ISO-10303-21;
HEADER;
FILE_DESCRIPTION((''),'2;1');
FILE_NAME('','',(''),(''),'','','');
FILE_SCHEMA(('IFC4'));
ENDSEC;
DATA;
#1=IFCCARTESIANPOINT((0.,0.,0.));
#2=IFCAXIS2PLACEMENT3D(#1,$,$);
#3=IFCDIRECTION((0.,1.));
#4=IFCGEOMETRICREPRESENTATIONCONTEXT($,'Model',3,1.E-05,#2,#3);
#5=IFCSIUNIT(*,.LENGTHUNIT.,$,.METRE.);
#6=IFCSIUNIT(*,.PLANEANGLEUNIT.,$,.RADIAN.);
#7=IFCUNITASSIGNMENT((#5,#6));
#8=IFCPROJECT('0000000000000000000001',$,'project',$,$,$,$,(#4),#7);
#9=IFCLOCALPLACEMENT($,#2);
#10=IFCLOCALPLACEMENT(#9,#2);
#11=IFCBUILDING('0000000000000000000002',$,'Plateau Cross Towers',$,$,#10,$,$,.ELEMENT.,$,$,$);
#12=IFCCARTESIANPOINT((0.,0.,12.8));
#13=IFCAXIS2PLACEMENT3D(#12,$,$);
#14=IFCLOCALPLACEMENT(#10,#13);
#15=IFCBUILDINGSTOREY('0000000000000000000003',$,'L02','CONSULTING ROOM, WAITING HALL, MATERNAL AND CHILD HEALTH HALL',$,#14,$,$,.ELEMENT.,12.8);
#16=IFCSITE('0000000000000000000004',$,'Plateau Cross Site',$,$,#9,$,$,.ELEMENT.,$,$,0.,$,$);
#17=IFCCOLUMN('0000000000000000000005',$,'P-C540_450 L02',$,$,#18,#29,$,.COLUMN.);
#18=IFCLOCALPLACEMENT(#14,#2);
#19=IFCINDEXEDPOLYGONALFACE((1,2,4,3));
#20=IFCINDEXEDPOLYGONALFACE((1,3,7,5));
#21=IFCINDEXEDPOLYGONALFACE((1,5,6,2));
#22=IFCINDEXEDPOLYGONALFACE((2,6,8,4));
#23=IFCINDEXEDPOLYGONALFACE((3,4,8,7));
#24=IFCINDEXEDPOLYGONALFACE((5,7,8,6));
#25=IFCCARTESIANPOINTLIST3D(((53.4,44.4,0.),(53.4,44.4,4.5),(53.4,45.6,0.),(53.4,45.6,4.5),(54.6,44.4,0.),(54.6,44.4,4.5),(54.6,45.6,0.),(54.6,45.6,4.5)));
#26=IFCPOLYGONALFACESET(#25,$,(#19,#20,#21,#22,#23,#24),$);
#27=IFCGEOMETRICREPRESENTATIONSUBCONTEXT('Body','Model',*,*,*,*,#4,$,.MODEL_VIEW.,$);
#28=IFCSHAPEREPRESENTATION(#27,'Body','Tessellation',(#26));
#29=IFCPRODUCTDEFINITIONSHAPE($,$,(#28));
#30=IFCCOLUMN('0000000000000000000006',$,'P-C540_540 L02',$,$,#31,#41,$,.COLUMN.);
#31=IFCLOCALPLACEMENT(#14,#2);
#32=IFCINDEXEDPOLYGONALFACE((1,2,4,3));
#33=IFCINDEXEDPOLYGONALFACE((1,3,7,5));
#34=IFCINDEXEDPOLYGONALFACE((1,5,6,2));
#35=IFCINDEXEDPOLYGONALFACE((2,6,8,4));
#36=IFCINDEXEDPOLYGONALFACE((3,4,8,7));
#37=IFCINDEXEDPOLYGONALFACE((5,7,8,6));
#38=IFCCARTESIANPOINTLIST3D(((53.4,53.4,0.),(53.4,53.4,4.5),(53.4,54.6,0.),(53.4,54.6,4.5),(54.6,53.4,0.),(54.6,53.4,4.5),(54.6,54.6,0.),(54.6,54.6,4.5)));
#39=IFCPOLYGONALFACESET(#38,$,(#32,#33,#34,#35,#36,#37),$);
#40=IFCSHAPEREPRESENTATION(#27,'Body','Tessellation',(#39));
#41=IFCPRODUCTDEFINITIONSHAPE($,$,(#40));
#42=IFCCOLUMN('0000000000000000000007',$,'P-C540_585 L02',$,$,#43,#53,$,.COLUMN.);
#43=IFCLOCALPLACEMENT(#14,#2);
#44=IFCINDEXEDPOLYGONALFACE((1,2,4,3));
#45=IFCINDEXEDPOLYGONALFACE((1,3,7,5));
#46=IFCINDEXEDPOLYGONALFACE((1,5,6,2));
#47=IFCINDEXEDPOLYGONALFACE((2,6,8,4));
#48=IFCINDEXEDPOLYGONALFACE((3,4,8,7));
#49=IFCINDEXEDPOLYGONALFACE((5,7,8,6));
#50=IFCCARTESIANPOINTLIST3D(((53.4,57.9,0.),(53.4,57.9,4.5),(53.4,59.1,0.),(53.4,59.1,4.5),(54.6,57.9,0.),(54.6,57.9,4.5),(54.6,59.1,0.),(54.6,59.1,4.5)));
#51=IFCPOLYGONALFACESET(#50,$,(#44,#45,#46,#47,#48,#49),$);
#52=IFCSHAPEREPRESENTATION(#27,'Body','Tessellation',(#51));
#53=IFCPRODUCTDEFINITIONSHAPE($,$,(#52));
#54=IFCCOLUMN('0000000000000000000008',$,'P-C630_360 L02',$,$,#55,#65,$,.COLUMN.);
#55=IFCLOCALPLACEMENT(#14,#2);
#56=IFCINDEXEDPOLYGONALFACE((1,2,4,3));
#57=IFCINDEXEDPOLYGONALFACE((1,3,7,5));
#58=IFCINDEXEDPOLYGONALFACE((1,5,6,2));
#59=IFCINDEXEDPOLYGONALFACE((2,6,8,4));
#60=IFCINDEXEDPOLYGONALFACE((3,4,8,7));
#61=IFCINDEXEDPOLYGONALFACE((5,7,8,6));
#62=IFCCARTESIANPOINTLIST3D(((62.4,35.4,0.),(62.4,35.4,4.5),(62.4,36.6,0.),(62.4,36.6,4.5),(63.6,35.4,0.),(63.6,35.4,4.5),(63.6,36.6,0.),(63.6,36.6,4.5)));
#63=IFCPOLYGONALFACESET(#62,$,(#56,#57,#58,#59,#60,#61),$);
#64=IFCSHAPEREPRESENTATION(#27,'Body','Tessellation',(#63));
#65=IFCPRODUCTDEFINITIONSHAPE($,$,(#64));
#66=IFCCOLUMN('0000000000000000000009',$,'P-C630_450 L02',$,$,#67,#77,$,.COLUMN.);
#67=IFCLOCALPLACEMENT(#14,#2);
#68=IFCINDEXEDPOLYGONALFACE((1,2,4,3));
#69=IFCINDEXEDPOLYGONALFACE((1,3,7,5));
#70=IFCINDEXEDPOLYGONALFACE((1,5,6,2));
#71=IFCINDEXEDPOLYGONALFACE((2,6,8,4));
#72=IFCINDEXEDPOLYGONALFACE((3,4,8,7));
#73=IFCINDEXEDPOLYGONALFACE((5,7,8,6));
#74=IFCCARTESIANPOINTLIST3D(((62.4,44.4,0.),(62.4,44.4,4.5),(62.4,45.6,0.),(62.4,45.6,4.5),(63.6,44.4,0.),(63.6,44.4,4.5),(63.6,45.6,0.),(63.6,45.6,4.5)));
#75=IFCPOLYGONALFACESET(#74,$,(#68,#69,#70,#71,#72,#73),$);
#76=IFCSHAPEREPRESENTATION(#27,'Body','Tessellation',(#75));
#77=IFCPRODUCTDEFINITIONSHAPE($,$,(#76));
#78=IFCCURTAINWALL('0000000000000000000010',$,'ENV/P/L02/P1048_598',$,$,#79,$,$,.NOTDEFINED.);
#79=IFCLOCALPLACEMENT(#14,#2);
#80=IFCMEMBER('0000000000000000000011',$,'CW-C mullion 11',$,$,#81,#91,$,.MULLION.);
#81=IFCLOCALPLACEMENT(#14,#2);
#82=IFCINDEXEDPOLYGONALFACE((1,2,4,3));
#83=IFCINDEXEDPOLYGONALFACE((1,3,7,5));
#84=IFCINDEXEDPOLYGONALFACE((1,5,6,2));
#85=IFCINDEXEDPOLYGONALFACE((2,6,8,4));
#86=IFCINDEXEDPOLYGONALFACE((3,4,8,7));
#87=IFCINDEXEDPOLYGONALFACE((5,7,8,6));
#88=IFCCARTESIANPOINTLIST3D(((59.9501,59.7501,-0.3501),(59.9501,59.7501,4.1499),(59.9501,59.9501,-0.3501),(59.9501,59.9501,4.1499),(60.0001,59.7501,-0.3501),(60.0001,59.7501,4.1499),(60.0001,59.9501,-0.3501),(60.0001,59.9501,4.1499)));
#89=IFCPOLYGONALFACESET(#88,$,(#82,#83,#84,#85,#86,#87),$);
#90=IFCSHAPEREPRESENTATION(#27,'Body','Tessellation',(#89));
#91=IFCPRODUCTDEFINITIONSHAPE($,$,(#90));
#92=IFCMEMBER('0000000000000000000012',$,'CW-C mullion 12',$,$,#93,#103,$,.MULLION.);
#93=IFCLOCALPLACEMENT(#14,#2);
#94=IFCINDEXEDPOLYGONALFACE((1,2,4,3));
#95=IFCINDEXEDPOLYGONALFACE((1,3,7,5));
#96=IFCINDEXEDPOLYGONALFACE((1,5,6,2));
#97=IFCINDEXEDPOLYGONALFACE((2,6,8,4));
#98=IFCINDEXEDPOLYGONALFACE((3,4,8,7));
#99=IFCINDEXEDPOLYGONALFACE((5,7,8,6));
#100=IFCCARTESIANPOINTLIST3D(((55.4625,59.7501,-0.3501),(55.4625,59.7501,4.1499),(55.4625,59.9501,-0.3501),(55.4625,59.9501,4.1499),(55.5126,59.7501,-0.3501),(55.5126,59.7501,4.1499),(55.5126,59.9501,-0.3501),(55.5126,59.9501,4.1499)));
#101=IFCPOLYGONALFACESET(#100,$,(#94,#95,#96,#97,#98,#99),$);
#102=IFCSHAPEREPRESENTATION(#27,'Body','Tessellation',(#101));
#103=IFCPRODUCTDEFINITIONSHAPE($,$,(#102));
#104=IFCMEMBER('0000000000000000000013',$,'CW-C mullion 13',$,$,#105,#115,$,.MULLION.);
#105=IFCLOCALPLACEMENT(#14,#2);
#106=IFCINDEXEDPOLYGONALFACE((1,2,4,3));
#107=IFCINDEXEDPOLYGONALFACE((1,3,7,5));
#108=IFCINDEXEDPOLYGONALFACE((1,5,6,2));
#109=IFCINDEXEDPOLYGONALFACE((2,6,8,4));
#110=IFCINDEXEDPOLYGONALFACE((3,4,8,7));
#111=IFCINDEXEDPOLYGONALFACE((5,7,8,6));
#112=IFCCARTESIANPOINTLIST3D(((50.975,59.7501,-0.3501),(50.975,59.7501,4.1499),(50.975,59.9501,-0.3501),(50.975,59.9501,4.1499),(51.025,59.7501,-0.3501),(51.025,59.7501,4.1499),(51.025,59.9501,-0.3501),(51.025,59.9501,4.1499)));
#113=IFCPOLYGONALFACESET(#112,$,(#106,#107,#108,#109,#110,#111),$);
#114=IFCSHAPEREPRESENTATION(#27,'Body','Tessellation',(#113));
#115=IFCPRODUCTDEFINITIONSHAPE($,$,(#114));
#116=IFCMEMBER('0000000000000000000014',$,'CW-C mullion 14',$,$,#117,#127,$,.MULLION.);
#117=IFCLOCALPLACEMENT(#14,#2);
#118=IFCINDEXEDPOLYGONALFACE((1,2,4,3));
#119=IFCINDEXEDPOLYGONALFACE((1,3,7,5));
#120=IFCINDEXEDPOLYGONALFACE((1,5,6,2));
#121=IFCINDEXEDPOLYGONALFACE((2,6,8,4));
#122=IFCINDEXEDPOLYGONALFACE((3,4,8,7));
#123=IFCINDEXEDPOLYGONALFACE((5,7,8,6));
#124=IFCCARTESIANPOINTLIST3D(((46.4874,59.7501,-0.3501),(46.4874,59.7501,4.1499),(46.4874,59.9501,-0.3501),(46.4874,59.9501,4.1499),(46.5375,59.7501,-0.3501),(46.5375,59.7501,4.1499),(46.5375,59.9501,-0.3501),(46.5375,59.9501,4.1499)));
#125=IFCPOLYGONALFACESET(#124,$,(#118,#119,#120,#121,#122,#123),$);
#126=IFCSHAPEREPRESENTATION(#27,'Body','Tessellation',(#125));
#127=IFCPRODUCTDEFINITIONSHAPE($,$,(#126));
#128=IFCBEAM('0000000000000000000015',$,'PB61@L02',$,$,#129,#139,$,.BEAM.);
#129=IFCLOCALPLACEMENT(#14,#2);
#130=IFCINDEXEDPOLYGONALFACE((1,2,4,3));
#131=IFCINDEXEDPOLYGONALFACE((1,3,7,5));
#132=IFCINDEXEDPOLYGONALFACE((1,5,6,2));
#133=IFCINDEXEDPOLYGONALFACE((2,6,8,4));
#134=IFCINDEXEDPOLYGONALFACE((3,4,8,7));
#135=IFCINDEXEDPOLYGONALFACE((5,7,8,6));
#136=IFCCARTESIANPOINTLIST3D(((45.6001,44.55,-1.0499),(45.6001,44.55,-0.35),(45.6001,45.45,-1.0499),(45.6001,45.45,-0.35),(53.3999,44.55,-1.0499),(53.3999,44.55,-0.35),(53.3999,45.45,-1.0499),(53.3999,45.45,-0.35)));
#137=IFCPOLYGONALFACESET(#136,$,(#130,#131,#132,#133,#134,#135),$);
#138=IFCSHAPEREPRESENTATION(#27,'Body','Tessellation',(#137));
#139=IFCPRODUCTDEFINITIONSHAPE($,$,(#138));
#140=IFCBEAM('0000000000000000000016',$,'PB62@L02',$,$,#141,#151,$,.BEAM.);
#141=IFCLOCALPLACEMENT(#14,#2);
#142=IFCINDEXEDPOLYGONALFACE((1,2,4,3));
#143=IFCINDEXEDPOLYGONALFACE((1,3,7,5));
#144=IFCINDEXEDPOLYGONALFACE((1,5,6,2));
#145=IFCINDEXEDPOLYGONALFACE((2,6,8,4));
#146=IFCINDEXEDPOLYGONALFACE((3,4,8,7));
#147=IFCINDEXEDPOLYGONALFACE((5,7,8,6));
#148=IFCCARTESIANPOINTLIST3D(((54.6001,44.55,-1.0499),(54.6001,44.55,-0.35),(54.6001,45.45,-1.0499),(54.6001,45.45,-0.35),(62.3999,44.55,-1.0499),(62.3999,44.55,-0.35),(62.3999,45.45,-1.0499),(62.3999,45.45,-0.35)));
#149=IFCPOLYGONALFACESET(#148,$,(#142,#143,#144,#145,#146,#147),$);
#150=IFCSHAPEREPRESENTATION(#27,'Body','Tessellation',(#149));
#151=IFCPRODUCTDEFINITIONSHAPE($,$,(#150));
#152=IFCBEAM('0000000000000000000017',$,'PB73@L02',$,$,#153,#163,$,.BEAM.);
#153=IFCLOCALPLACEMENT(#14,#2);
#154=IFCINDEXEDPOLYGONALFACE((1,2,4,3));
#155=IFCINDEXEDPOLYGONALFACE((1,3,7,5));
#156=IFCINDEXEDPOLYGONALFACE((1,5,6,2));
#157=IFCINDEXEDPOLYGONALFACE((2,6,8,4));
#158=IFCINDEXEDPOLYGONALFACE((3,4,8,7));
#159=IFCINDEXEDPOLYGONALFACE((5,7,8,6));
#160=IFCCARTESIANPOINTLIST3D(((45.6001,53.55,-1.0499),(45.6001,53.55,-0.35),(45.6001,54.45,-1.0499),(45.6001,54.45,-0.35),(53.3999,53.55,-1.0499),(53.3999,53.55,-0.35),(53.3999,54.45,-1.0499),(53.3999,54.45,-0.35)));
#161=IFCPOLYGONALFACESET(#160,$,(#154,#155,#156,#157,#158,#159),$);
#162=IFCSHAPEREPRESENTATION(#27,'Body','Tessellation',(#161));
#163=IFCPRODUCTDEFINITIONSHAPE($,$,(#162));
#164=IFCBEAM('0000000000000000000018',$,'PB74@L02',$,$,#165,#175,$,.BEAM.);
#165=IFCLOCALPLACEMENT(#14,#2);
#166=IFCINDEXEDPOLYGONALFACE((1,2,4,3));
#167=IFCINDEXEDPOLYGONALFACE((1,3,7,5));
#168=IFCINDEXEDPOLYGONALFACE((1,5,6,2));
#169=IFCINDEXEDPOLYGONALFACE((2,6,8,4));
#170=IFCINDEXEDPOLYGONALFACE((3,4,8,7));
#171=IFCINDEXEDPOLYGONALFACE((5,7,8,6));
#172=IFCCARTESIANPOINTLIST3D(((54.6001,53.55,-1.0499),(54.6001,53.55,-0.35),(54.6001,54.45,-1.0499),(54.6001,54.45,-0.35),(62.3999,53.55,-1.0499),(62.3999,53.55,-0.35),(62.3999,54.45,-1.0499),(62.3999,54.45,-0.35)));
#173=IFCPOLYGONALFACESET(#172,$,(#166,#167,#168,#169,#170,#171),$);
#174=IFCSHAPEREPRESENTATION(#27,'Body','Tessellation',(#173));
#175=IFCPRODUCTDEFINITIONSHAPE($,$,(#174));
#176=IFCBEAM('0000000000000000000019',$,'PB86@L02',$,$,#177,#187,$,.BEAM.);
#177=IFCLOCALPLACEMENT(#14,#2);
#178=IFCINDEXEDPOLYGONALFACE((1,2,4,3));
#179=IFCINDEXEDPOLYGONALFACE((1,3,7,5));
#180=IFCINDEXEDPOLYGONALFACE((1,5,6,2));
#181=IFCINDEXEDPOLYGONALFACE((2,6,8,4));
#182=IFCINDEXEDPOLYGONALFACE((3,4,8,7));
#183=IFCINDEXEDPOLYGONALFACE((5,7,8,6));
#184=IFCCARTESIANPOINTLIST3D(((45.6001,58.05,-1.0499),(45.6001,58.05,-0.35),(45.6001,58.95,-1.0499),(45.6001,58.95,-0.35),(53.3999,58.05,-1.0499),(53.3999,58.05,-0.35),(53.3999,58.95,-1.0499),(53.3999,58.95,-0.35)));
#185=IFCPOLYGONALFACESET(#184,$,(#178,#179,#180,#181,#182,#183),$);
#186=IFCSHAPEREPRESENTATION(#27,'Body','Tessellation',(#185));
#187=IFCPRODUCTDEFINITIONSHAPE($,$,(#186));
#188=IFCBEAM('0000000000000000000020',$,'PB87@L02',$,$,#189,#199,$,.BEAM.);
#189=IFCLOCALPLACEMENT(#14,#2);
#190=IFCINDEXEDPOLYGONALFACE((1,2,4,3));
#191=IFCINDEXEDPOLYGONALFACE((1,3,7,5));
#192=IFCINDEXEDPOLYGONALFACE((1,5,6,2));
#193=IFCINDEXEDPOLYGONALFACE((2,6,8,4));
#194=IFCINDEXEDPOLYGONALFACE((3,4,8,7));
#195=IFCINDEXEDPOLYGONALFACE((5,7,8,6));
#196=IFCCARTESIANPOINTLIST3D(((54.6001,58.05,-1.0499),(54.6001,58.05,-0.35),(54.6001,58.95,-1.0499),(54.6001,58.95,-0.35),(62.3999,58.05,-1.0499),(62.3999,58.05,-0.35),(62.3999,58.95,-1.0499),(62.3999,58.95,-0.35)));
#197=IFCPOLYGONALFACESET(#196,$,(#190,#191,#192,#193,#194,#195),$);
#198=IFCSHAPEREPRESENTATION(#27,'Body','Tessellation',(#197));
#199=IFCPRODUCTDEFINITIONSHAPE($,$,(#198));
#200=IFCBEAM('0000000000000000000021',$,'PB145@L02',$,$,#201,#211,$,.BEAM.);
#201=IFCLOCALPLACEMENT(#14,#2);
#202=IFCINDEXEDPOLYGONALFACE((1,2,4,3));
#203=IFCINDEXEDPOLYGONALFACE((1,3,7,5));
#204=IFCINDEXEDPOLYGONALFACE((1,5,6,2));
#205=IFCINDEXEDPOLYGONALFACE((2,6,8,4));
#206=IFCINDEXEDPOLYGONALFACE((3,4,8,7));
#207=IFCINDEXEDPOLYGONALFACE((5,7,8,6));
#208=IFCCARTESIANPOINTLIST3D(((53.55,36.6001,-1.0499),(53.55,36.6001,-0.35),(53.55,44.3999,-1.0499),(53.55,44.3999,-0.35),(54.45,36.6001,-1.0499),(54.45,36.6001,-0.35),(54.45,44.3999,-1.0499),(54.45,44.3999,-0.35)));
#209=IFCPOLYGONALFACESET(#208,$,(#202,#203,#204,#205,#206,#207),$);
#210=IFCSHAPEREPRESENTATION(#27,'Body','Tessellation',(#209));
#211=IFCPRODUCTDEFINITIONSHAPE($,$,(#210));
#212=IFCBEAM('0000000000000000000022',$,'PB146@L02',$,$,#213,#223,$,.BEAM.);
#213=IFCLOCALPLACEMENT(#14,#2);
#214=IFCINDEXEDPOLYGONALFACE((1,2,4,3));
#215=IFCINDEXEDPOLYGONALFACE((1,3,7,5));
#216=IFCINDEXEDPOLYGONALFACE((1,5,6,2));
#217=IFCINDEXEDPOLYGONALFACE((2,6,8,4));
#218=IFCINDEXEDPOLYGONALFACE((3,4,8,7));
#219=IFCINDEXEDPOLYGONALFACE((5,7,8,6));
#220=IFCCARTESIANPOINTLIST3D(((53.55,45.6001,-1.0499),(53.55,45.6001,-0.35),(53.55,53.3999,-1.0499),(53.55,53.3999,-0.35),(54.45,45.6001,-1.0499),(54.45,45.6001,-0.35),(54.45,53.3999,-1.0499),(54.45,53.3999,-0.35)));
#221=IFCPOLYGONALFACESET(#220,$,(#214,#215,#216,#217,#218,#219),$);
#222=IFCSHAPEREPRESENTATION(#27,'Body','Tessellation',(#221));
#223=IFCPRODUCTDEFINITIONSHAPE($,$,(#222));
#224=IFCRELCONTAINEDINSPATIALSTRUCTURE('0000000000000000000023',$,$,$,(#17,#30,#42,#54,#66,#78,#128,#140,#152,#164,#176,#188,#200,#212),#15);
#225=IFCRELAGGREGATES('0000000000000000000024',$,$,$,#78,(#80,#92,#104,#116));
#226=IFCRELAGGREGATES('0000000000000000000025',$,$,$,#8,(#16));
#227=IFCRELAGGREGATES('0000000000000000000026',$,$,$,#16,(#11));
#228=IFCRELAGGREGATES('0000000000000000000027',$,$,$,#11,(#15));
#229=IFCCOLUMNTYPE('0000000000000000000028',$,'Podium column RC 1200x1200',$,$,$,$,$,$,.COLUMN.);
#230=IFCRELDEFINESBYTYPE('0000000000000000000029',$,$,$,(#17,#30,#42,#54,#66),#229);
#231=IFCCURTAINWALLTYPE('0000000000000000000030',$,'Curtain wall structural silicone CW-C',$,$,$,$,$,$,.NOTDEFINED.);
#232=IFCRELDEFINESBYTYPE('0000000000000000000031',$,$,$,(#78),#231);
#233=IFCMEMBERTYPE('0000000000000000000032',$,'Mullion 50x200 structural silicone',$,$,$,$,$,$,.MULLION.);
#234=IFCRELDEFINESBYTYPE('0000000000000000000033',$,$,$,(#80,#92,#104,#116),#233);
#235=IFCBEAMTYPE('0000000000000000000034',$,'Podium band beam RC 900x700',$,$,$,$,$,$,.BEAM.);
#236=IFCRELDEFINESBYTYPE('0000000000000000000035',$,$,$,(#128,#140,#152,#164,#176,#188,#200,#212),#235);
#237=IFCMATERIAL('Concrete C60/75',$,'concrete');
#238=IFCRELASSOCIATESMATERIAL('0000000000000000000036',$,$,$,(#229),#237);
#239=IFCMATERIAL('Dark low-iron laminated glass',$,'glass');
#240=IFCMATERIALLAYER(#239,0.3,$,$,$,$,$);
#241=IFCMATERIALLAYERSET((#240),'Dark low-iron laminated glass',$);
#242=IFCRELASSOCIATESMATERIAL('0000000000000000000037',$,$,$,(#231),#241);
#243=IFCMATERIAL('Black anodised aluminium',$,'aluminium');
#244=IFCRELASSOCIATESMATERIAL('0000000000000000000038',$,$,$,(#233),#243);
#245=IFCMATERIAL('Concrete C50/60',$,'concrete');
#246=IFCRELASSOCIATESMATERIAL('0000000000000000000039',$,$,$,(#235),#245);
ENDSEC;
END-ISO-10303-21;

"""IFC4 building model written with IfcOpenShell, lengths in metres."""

from ifc_helpers import new_model, si_unit, direction, frame, origin, origin_2d, place, context, subcontext, project, spatial, rectangle, extrude, material, layer, layer_set, material_profile, profile_set, type_object, element, aggregate, save


model = new_model("IFC4")

# Units and contexts
model_context = context("Model", 3, precision=1e-05, world=origin(), true_north=direction((0.0, 1.0)))
body_context = subcontext(model_context, "Body", "Model", "MODEL_VIEW")
ifc_project = project(units=[si_unit("LENGTHUNIT", "METRE"), si_unit("PLANEANGLEUNIT", "RADIAN")], contexts=[model_context])

# Site, building, storey
site_placement = place(None, origin())
site = spatial("IfcSite", under=ifc_project, at=site_placement, Name="Plateau Cross Site", CompositionType="ELEMENT", RefElevation=0.0)
building_placement = place(site_placement, origin())
building = spatial("IfcBuilding", under=site, at=building_placement, Name="Plateau Cross Towers", CompositionType="ELEMENT")
storey_placement = place(building_placement, frame((0.0, 0.0, 12.8)))
storey = spatial("IfcBuildingStorey", under=building, at=storey_placement, Name="L02", Description="CONSULTING ROOM, WAITING HALL, MATERNAL AND CHILD HEALTH HALL", CompositionType="ELEMENT", Elevation=12.8)

# Columns
ifc_material_1 = material(Name="Concrete C60/75", Category="concrete")
ifc_material_profile_1 = material_profile(ifc_material_1, rectangle(XDim=1.2, YDim=1.2, at=origin_2d()), Name="RC 1200x1200")
ifc_profile_set_1 = profile_set([ifc_material_profile_1], Name="Concrete C60/75")
column_type = type_object("IfcColumnType", Name="Podium column RC 1200x1200", PredefinedType="COLUMN", material=ifc_profile_set_1)
for number, where, z_axis, x_axis, name in (
    (1, (54.0, 45.0, 0.0), (0.0, 0.0, 1.0), (1.0, 0.0, 0.0), "P-C540_450 L02"),
    (2, (54.0, 54.0, 0.0), (0.0, 0.0, 1.0), (1.0, 0.0, 0.0), "P-C540_540 L02"),
    (3, (54.0, 58.5, 0.0), (0.0, 0.0, 1.0), (1.0, 0.0, 0.0), "P-C540_585 L02"),
    (4, (63.0, 36.0, 0.0), (0.0, 0.0, 1.0), (1.0, 0.0, 0.0), "P-C630_360 L02"),
    (5, (63.0, 45.0, 0.0), (0.0, 0.0, 1.0), (1.0, 0.0, 0.0), "P-C630_450 L02"),
):
    element("IfcColumn", number, at=place(storey_placement, frame(where, z_axis=z_axis, x_axis=x_axis)), inside=storey, type_object=column_type, Name=name, PredefinedType="COLUMN", context=body_context, shape_type="SweptSolid", body=[
        extrude(rectangle(XDim=1.2, YDim=1.2, at=origin_2d()), origin(), (0.0, 0.0, 1.0), 4.5),
    ])

# Curtain wall, members
ifc_material_2 = material(Name="Dark low-iron laminated glass", Category="glass")
ifc_layer_1 = layer(ifc_material_2, 0.3)
ifc_layer_set_1 = layer_set([ifc_layer_1], Name="Dark low-iron laminated glass")
curtain_wall_type = type_object("IfcCurtainWallType", Name="Curtain wall structural silicone CW-C", PredefinedType="NOTDEFINED", material=ifc_layer_set_1)
curtain_wall_placement = place(storey_placement, origin())
curtain_wall = element("IfcCurtainWall", 6, at=curtain_wall_placement, inside=storey, type_object=curtain_wall_type, Name="ENV/P/L02/P1048_598", PredefinedType="NOTDEFINED")
ifc_material_3 = material(Name="Black anodised aluminium", Category="aluminium")
ifc_material_profile_2 = material_profile(ifc_material_3, rectangle(XDim=0.05, YDim=0.2, at=origin_2d()), Name="MULLION 50x200")
ifc_profile_set_2 = profile_set([ifc_material_profile_2], Name="Black anodised aluminium")
member_type = type_object("IfcMemberType", Name="Mullion 50x200 structural silicone", PredefinedType="MULLION", material=ifc_profile_set_2)
member_1_placement = place(storey_placement, frame((59.9751, 59.8501, -0.3501), z_axis=(0.0, 0.0, 1.0), x_axis=(-1.0, 0.0, 0.0)))
member_1 = element("IfcMember", 7, at=member_1_placement, type_object=member_type, Name="CW-C mullion 11", PredefinedType="MULLION", context=body_context, shape_type="SweptSolid", body=[
    extrude(rectangle(XDim=0.05, YDim=0.2, at=origin_2d()), origin(), (0.0, 0.0, 1.0), 4.5),
])
member_2_placement = place(storey_placement, frame((55.4875, 59.8501, -0.3501), z_axis=(0.0, 0.0, 1.0), x_axis=(-1.0, 0.0, 0.0)))
member_2 = element("IfcMember", 8, at=member_2_placement, type_object=member_type, Name="CW-C mullion 12", PredefinedType="MULLION", context=body_context, shape_type="SweptSolid", body=[
    extrude(rectangle(XDim=0.05, YDim=0.2, at=origin_2d()), origin(), (0.0, 0.0, 1.0), 4.5),
])
member_3_placement = place(storey_placement, frame((51.0, 59.8501, -0.3501), z_axis=(0.0, 0.0, 1.0), x_axis=(-1.0, 0.0, 0.0)))
member_3 = element("IfcMember", 9, at=member_3_placement, type_object=member_type, Name="CW-C mullion 13", PredefinedType="MULLION", context=body_context, shape_type="SweptSolid", body=[
    extrude(rectangle(XDim=0.05, YDim=0.2, at=origin_2d()), origin(), (0.0, 0.0, 1.0), 4.5),
])
member_4_placement = place(storey_placement, frame((46.5125, 59.8501, -0.3501), z_axis=(0.0, 0.0, 1.0), x_axis=(-1.0, 0.0, 0.0)))
member_4 = element("IfcMember", 10, at=member_4_placement, type_object=member_type, Name="CW-C mullion 14", PredefinedType="MULLION", context=body_context, shape_type="SweptSolid", body=[
    extrude(rectangle(XDim=0.05, YDim=0.2, at=origin_2d()), origin(), (0.0, 0.0, 1.0), 4.5),
])

# Beams
ifc_material_4 = material(Name="Concrete C50/60", Category="concrete")
ifc_material_profile_3 = material_profile(ifc_material_4, rectangle(XDim=0.8999, YDim=0.7, at=origin_2d()), Name="RC 900x700")
ifc_profile_set_3 = profile_set([ifc_material_profile_3], Name="Concrete C50/60")
beam_type = type_object("IfcBeamType", Name="Podium band beam RC 900x700", PredefinedType="BEAM", material=ifc_profile_set_3)
for number, where, z_axis, x_axis, name in (
    (11, (45.6001, 45.0, -0.7), (1.0, 0.0, 0.0), (0.0, 1.0, 0.0), "PB61@L02"),
    (12, (54.6001, 45.0, -0.7), (1.0, 0.0, 0.0), (0.0, 1.0, 0.0), "PB62@L02"),
    (13, (45.6001, 54.0, -0.7), (1.0, 0.0, 0.0), (0.0, 1.0, 0.0), "PB73@L02"),
    (14, (54.6001, 54.0, -0.7), (1.0, 0.0, 0.0), (0.0, 1.0, 0.0), "PB74@L02"),
    (15, (45.6001, 58.5, -0.7), (1.0, 0.0, 0.0), (0.0, 1.0, 0.0), "PB86@L02"),
    (16, (54.6001, 58.5, -0.7), (1.0, 0.0, 0.0), (0.0, 1.0, 0.0), "PB87@L02"),
    (17, (54.0, 36.6001, -0.7), (0.0, 1.0, 0.0), (-1.0, 0.0, 0.0), "PB145@L02"),
    (18, (54.0, 45.6001, -0.7), (0.0, 1.0, 0.0), (-1.0, 0.0, 0.0), "PB146@L02"),
):
    element("IfcBeam", number, at=place(storey_placement, frame(where, z_axis=z_axis, x_axis=x_axis)), inside=storey, type_object=beam_type, Name=name, PredefinedType="BEAM", context=body_context, shape_type="SweptSolid", body=[
        extrude(rectangle(XDim=0.8999, YDim=0.7, at=origin_2d()), origin(), (0.0, 0.0, 1.0), 7.7998),
    ])

aggregate(curtain_wall, [member_1, member_2, member_3, member_4])

save(model, "model.ifc")
